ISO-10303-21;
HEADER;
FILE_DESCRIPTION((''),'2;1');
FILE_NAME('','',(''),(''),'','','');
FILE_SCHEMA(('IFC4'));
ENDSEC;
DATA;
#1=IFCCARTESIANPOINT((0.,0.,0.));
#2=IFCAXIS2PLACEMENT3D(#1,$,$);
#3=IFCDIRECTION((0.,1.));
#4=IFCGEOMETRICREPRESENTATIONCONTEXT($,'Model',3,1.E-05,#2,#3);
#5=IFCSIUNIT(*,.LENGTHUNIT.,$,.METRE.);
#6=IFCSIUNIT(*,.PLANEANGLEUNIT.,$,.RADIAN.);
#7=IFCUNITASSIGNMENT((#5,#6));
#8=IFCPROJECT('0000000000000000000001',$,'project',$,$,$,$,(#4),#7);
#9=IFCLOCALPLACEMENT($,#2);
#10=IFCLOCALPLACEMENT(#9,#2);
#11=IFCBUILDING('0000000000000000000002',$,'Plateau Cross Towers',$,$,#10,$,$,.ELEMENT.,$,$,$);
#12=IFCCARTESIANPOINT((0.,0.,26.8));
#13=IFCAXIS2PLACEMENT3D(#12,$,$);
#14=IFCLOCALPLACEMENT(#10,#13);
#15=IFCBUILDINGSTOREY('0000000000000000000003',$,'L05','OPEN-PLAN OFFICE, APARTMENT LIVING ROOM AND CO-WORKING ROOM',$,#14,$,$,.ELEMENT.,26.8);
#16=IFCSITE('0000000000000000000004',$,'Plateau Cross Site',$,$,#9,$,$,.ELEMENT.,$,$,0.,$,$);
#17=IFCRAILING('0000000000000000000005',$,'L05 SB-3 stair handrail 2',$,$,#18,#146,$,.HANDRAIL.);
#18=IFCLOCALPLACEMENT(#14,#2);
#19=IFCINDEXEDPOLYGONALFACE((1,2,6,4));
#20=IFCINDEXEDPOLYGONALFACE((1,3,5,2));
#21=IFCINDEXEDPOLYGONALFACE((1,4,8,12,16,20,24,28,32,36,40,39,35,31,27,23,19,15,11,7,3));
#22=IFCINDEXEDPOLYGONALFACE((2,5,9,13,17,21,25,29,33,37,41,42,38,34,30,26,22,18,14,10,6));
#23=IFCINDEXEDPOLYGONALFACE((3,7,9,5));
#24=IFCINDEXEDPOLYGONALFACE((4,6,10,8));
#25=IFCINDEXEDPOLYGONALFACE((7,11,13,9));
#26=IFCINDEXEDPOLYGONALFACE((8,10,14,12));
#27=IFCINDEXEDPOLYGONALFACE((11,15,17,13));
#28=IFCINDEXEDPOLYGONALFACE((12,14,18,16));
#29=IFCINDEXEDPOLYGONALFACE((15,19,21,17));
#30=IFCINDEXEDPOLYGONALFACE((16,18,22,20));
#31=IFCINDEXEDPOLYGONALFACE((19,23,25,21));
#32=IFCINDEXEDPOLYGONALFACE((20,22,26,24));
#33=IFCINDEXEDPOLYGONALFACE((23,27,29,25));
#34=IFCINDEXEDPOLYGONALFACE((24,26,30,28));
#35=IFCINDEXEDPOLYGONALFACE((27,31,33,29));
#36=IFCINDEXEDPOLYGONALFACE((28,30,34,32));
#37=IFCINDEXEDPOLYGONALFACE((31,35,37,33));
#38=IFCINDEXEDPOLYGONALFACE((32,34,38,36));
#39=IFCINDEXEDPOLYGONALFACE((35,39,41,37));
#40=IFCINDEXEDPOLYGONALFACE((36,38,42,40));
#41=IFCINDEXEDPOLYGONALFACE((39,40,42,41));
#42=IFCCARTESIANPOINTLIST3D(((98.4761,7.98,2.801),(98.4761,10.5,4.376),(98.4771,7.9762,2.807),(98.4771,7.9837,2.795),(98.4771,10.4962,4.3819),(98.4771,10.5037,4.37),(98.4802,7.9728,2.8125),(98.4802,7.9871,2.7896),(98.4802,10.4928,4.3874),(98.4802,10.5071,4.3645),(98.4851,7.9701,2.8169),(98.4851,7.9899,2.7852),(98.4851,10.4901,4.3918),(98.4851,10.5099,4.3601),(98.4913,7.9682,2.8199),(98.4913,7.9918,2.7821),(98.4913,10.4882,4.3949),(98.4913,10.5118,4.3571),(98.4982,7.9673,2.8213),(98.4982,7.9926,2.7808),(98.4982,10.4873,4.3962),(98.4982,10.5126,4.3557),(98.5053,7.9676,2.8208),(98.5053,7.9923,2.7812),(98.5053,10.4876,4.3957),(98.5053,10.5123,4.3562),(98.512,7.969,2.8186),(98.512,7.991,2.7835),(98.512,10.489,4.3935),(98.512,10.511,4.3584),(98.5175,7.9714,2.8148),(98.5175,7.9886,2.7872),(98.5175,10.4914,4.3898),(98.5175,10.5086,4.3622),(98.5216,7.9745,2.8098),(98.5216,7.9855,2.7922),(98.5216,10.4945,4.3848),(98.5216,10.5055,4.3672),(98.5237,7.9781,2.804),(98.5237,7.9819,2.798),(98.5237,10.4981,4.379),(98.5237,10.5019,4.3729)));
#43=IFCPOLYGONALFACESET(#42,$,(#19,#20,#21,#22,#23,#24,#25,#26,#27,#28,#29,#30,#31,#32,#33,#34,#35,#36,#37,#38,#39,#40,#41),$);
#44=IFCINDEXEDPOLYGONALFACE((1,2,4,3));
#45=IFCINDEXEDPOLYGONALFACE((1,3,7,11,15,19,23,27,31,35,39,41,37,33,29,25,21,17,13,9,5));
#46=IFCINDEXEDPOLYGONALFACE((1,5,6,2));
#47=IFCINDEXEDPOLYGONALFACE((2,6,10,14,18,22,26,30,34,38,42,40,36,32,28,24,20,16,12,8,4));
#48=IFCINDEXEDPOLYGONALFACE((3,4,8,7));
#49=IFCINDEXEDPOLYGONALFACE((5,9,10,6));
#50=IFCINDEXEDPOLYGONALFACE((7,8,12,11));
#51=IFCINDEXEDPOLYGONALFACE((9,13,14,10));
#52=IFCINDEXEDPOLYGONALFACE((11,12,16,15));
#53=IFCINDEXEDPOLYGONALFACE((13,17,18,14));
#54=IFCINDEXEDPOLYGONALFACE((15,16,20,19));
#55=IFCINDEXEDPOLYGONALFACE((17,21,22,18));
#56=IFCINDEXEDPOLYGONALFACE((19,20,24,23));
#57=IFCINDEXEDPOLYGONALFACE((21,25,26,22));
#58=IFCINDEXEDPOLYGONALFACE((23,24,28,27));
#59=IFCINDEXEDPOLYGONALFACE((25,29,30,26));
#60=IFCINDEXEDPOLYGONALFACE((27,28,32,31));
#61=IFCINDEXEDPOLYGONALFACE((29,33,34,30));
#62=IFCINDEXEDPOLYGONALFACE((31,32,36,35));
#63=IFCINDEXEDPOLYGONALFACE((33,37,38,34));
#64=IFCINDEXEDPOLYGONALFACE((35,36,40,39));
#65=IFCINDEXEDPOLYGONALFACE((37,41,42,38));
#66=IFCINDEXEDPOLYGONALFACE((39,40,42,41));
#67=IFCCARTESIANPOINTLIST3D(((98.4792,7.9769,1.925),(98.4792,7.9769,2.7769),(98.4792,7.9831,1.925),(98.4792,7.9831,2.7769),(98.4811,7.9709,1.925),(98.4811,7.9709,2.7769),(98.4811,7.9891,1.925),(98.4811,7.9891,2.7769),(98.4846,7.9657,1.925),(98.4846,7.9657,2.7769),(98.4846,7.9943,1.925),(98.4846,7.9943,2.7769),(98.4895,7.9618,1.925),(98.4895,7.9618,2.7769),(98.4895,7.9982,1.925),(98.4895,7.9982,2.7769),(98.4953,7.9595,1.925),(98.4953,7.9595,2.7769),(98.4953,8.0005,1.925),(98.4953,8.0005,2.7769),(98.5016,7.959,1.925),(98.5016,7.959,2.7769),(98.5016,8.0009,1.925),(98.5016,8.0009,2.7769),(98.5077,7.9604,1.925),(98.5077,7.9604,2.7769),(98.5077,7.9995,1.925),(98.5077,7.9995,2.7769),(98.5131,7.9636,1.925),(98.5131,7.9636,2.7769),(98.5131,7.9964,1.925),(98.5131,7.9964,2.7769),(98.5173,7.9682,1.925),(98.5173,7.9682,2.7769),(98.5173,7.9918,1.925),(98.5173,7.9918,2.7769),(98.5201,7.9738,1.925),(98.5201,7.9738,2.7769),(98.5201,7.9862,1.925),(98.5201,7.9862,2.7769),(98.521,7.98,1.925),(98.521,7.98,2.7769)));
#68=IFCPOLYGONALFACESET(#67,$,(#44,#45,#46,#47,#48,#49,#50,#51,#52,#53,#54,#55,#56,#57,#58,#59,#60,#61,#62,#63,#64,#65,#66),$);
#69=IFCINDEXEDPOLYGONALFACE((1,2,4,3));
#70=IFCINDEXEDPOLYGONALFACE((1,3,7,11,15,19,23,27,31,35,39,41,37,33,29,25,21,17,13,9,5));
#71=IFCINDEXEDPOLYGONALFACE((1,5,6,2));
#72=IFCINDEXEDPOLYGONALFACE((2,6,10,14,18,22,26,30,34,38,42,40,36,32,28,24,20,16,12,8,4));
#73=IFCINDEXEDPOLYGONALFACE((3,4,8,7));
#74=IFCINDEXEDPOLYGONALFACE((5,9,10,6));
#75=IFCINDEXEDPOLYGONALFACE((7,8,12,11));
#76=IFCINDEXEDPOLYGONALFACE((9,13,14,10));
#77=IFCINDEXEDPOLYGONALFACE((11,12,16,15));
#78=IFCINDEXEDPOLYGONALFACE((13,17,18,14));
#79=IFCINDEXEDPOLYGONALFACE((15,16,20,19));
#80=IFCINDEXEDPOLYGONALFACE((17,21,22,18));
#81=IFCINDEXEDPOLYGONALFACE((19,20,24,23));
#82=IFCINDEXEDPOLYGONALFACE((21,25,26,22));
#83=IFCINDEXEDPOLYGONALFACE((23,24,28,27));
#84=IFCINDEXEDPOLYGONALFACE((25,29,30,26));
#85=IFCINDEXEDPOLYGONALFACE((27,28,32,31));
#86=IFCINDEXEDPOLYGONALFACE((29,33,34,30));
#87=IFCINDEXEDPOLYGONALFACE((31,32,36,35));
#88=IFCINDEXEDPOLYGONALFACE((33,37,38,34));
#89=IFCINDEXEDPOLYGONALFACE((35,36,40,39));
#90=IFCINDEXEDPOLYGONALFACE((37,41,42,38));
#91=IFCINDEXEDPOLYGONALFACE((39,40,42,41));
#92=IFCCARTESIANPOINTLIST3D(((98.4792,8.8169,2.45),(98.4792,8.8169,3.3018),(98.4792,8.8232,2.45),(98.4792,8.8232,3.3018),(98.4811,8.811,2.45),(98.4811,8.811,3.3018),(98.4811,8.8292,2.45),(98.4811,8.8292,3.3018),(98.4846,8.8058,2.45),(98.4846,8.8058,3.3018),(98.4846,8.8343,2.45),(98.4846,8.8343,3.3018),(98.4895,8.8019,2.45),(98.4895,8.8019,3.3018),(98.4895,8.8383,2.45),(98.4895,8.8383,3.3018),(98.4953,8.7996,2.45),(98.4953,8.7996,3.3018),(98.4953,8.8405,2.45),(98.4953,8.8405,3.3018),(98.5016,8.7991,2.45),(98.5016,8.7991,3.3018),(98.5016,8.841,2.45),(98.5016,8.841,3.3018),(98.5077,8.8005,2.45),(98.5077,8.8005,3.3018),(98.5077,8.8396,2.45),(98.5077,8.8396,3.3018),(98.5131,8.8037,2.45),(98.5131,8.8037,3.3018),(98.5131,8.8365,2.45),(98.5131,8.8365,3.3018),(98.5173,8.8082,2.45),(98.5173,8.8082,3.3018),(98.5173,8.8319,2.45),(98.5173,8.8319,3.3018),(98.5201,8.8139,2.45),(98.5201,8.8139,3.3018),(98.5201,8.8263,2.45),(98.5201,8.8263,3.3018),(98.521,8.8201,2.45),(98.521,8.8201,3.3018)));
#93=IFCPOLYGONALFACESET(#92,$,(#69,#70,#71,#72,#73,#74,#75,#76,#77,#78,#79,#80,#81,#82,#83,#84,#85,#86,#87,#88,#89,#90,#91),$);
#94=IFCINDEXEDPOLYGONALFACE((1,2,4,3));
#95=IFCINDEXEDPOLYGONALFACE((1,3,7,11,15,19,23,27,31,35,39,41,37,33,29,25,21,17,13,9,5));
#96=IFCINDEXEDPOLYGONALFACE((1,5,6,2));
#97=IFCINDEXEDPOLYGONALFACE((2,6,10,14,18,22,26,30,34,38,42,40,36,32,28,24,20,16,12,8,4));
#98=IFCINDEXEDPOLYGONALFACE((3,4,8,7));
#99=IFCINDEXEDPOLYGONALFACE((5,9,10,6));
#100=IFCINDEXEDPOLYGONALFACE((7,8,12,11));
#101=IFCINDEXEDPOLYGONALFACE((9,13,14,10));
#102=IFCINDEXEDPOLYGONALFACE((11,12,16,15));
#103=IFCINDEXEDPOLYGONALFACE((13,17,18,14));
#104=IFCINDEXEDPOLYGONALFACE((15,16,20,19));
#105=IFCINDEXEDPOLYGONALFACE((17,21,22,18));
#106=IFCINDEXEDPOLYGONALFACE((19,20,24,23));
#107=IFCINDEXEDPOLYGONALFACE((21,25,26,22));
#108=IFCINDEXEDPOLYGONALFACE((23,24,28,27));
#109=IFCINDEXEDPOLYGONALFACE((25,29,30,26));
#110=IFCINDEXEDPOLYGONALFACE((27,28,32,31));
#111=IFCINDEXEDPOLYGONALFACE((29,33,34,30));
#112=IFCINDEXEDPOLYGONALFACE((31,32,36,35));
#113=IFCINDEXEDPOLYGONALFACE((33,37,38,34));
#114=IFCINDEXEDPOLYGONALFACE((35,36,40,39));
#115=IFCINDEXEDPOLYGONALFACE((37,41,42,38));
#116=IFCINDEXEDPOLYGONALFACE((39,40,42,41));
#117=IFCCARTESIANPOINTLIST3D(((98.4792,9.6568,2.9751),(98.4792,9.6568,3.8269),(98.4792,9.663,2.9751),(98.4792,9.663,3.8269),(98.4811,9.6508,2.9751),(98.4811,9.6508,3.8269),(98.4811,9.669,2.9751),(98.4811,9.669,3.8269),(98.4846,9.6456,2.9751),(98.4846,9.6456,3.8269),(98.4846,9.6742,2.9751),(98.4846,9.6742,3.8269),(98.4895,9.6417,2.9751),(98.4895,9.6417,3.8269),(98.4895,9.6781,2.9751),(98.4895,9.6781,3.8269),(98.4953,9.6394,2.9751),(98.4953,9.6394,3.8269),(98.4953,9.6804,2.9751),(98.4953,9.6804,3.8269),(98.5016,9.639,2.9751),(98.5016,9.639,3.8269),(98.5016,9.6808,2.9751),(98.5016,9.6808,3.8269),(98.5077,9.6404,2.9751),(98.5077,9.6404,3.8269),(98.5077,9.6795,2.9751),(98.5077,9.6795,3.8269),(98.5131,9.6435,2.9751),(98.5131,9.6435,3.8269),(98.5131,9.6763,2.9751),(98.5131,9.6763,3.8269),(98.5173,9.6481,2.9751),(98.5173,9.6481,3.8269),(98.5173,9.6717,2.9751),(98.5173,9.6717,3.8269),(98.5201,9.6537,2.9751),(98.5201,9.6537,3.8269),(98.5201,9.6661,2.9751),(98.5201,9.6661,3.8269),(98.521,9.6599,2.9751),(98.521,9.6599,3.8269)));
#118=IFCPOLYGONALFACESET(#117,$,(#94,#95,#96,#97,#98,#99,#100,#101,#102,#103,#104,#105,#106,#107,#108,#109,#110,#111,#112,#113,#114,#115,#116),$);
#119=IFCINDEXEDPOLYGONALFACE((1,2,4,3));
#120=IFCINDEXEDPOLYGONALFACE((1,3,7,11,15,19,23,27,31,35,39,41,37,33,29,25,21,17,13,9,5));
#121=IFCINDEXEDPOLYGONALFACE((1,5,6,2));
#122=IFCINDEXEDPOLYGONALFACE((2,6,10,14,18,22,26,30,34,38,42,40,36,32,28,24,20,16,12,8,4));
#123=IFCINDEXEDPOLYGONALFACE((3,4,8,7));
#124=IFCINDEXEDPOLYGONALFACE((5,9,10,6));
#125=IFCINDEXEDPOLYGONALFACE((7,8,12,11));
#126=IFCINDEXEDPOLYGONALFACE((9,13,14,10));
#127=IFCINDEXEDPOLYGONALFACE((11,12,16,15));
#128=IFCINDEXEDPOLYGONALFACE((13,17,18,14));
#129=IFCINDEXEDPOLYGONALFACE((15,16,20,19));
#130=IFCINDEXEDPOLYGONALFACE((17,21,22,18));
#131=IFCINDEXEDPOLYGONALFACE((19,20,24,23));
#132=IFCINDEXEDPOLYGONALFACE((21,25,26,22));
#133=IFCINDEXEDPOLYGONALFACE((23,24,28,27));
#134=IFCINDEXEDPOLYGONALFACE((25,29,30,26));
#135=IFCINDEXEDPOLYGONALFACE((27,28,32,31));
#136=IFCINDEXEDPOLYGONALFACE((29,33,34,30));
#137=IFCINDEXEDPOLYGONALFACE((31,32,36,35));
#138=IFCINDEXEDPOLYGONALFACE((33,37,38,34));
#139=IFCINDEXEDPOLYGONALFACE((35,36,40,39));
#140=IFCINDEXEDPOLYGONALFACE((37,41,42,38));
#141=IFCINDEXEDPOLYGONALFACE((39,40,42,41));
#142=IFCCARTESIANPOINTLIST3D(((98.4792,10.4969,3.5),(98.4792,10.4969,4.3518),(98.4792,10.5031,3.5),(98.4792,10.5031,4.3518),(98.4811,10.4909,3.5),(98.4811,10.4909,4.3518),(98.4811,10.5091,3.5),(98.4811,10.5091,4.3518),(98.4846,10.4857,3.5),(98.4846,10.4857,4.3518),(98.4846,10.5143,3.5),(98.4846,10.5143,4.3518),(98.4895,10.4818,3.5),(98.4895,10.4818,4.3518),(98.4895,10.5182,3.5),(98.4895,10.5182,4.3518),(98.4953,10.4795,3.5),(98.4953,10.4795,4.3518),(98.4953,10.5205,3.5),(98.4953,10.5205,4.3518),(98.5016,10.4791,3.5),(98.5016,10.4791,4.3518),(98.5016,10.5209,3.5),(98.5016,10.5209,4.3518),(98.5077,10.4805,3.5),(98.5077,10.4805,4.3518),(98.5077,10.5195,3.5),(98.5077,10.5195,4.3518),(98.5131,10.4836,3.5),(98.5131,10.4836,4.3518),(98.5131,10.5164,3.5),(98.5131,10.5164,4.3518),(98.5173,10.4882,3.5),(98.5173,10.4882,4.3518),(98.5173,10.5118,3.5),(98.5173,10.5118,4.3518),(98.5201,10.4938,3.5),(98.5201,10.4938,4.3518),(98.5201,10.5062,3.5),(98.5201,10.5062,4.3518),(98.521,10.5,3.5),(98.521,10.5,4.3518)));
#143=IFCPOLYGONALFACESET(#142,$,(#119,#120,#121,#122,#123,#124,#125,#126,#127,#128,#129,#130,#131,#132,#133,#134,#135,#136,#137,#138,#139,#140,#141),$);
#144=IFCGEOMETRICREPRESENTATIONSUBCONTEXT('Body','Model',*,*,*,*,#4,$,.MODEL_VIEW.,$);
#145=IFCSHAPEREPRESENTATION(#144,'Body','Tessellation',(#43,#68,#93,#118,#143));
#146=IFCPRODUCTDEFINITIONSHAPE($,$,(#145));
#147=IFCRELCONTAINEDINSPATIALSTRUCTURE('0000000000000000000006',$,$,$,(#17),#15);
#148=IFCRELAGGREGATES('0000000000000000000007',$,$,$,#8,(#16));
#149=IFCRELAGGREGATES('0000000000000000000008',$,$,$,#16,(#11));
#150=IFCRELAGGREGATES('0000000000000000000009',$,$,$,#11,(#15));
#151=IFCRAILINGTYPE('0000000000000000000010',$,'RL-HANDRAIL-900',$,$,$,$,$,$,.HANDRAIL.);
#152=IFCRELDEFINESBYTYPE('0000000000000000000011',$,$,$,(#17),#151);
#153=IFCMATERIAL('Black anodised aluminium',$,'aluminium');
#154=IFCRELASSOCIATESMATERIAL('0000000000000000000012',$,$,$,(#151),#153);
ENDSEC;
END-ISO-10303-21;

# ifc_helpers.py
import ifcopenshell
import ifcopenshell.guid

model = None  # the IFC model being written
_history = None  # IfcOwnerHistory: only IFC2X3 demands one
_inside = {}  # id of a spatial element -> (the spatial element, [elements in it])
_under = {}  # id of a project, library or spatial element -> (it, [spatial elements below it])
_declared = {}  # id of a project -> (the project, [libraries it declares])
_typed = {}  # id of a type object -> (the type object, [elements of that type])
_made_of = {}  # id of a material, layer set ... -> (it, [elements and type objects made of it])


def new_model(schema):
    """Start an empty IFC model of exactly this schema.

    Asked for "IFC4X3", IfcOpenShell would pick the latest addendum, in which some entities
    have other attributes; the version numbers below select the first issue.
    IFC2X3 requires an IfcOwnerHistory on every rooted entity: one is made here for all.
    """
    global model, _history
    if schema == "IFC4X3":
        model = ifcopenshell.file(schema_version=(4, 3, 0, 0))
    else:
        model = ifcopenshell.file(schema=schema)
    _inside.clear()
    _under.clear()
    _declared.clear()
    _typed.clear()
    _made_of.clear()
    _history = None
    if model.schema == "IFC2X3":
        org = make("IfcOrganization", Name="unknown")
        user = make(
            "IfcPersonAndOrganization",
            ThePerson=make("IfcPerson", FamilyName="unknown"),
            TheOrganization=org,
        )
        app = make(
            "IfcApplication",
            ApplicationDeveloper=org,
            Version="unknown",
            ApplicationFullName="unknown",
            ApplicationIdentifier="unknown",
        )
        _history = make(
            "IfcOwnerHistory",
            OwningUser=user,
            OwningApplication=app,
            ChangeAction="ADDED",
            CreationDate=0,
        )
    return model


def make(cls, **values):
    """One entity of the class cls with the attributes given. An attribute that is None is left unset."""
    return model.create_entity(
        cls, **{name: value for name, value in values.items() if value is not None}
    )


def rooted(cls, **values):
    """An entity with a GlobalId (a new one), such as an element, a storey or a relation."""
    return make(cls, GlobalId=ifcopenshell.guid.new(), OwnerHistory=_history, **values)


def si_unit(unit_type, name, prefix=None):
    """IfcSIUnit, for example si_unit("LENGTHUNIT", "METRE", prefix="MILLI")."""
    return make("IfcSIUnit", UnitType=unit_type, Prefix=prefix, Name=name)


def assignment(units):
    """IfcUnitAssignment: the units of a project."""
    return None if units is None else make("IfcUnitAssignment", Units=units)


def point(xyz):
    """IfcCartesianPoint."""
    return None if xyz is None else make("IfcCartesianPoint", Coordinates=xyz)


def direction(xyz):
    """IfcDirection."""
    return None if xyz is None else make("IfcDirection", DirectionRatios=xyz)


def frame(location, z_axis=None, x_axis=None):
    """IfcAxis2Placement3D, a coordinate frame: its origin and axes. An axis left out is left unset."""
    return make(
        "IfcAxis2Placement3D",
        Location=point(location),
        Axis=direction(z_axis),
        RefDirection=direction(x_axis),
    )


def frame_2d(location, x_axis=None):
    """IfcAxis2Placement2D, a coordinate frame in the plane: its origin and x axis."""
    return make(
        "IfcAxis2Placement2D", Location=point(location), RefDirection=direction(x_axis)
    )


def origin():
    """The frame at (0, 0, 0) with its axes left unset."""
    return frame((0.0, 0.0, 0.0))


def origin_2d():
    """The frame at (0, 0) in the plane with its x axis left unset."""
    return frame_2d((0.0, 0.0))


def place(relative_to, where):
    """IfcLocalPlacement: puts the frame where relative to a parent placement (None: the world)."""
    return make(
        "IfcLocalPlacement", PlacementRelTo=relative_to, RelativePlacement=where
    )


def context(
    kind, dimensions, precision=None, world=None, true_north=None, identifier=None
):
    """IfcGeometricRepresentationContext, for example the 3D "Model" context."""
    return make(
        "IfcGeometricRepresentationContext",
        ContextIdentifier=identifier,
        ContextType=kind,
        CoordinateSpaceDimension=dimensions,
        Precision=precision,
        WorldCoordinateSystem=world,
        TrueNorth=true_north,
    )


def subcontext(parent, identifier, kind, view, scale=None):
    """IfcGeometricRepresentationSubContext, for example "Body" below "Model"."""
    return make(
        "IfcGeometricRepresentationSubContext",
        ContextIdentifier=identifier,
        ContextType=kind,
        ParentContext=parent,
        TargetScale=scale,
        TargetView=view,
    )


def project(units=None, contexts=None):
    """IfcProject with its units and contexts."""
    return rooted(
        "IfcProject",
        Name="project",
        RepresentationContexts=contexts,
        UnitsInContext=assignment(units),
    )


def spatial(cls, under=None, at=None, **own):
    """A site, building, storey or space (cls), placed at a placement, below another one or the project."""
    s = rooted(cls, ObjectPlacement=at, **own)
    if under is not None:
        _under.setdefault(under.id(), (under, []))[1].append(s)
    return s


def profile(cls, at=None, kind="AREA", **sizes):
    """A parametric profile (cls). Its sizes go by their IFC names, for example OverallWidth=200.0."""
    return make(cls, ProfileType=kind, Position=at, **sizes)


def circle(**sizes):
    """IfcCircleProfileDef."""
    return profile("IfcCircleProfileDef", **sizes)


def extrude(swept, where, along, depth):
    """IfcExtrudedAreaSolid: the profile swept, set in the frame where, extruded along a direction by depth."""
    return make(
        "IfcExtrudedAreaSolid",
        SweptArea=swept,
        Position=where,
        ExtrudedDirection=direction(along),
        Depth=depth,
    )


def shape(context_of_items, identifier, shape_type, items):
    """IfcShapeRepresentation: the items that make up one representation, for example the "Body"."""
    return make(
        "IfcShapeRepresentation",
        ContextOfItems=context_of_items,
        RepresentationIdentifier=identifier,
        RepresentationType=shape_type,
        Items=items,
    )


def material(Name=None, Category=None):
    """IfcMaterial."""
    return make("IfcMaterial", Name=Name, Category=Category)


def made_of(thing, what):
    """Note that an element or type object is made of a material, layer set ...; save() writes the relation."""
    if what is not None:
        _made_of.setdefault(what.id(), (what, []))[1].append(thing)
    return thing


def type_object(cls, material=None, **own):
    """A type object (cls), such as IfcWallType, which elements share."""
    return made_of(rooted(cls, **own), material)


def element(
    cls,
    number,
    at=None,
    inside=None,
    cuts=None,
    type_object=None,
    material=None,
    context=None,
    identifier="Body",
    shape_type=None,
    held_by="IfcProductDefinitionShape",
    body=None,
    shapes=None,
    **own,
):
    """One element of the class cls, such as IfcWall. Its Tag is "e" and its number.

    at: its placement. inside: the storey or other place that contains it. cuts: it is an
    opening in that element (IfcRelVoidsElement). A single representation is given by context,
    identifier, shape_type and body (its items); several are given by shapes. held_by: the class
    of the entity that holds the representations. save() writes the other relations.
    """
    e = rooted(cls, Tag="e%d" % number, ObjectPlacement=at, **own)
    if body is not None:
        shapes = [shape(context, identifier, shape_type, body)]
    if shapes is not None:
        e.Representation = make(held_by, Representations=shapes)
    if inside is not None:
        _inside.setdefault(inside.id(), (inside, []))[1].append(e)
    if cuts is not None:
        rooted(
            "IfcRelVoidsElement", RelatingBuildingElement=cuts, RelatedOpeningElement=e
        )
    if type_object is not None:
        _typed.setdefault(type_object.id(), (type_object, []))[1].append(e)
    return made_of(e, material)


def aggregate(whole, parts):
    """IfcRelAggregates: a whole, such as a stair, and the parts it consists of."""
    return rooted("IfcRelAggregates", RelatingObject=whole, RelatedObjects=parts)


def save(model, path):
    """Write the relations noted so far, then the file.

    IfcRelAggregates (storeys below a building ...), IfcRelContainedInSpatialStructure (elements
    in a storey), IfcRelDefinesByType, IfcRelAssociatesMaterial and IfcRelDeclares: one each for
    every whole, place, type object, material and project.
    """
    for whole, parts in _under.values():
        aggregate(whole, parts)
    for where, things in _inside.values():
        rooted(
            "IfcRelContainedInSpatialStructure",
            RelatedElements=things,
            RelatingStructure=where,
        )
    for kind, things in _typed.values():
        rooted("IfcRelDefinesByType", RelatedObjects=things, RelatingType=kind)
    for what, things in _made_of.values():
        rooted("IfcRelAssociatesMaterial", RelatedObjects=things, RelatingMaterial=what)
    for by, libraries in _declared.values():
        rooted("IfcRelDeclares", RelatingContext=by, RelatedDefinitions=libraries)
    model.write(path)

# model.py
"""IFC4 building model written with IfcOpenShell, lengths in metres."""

from ifc_helpers import new_model, si_unit, direction, frame, origin, origin_2d, place, context, subcontext, project, spatial, circle, extrude, material, type_object, element, save


model = new_model("IFC4")

# Units and contexts
model_context = context("Model", 3, precision=1e-05, world=origin(), true_north=direction((0.0, 1.0)))
body_context = subcontext(model_context, "Body", "Model", "MODEL_VIEW")
ifc_project = project(units=[si_unit("LENGTHUNIT", "METRE"), si_unit("PLANEANGLEUNIT", "RADIAN")], contexts=[model_context])

# Site, building, storey
site_placement = place(None, origin())
site = spatial("IfcSite", under=ifc_project, at=site_placement, Name="Plateau Cross Site", CompositionType="ELEMENT", RefElevation=0.0)
building_placement = place(site_placement, origin())
building = spatial("IfcBuilding", under=site, at=building_placement, Name="Plateau Cross Towers", CompositionType="ELEMENT")
storey_placement = place(building_placement, frame((0.0, 0.0, 26.8)))
storey = spatial("IfcBuildingStorey", under=building, at=storey_placement, Name="L05", Description="OPEN-PLAN OFFICE, APARTMENT LIVING ROOM AND CO-WORKING ROOM", CompositionType="ELEMENT", Elevation=26.8)

# Shared definitions
ifc_material_1 = material(Name="Black anodised aluminium", Category="aluminium")

# Railing
railing_type_1 = type_object("IfcRailingType", Name="RL-HANDRAIL-900", PredefinedType="HANDRAIL", material=ifc_material_1)
railing_1_placement = place(storey_placement, frame((98.5, 7.98, 1.925)))
element("IfcRailing", 1, at=railing_1_placement, inside=storey, type_object=railing_type_1, Name="L05 SB-3 stair handrail 2", PredefinedType="HANDRAIL", context=body_context, shape_type="SweptSolid", body=[
    extrude(circle(Radius=0.0239, at=origin_2d()), frame((0.0, 0.0, 0.876), z_axis=(0.0, 0.848008, 0.529984), x_axis=(-1.0, 0.0, 0.0)), (0.0, 0.0, 1.0), 2.9717),
    extrude(circle(Radius=0.021, at=origin_2d()), origin(), (0.0, 0.0, 1.0), 0.8518),
    extrude(circle(Radius=0.021, at=origin_2d()), frame((0.0, 0.8401, 0.5249)), (0.0, 0.0, 1.0), 0.8518),
    extrude(circle(Radius=0.021, at=origin_2d()), frame((0.0, 1.6799, 1.05)), (0.0, 0.0, 1.0), 0.8518),
    extrude(circle(Radius=0.021, at=origin_2d()), frame((0.0, 2.52, 1.575)), (0.0, 0.0, 1.0), 0.8518),
])

save(model, "model.ifc")
